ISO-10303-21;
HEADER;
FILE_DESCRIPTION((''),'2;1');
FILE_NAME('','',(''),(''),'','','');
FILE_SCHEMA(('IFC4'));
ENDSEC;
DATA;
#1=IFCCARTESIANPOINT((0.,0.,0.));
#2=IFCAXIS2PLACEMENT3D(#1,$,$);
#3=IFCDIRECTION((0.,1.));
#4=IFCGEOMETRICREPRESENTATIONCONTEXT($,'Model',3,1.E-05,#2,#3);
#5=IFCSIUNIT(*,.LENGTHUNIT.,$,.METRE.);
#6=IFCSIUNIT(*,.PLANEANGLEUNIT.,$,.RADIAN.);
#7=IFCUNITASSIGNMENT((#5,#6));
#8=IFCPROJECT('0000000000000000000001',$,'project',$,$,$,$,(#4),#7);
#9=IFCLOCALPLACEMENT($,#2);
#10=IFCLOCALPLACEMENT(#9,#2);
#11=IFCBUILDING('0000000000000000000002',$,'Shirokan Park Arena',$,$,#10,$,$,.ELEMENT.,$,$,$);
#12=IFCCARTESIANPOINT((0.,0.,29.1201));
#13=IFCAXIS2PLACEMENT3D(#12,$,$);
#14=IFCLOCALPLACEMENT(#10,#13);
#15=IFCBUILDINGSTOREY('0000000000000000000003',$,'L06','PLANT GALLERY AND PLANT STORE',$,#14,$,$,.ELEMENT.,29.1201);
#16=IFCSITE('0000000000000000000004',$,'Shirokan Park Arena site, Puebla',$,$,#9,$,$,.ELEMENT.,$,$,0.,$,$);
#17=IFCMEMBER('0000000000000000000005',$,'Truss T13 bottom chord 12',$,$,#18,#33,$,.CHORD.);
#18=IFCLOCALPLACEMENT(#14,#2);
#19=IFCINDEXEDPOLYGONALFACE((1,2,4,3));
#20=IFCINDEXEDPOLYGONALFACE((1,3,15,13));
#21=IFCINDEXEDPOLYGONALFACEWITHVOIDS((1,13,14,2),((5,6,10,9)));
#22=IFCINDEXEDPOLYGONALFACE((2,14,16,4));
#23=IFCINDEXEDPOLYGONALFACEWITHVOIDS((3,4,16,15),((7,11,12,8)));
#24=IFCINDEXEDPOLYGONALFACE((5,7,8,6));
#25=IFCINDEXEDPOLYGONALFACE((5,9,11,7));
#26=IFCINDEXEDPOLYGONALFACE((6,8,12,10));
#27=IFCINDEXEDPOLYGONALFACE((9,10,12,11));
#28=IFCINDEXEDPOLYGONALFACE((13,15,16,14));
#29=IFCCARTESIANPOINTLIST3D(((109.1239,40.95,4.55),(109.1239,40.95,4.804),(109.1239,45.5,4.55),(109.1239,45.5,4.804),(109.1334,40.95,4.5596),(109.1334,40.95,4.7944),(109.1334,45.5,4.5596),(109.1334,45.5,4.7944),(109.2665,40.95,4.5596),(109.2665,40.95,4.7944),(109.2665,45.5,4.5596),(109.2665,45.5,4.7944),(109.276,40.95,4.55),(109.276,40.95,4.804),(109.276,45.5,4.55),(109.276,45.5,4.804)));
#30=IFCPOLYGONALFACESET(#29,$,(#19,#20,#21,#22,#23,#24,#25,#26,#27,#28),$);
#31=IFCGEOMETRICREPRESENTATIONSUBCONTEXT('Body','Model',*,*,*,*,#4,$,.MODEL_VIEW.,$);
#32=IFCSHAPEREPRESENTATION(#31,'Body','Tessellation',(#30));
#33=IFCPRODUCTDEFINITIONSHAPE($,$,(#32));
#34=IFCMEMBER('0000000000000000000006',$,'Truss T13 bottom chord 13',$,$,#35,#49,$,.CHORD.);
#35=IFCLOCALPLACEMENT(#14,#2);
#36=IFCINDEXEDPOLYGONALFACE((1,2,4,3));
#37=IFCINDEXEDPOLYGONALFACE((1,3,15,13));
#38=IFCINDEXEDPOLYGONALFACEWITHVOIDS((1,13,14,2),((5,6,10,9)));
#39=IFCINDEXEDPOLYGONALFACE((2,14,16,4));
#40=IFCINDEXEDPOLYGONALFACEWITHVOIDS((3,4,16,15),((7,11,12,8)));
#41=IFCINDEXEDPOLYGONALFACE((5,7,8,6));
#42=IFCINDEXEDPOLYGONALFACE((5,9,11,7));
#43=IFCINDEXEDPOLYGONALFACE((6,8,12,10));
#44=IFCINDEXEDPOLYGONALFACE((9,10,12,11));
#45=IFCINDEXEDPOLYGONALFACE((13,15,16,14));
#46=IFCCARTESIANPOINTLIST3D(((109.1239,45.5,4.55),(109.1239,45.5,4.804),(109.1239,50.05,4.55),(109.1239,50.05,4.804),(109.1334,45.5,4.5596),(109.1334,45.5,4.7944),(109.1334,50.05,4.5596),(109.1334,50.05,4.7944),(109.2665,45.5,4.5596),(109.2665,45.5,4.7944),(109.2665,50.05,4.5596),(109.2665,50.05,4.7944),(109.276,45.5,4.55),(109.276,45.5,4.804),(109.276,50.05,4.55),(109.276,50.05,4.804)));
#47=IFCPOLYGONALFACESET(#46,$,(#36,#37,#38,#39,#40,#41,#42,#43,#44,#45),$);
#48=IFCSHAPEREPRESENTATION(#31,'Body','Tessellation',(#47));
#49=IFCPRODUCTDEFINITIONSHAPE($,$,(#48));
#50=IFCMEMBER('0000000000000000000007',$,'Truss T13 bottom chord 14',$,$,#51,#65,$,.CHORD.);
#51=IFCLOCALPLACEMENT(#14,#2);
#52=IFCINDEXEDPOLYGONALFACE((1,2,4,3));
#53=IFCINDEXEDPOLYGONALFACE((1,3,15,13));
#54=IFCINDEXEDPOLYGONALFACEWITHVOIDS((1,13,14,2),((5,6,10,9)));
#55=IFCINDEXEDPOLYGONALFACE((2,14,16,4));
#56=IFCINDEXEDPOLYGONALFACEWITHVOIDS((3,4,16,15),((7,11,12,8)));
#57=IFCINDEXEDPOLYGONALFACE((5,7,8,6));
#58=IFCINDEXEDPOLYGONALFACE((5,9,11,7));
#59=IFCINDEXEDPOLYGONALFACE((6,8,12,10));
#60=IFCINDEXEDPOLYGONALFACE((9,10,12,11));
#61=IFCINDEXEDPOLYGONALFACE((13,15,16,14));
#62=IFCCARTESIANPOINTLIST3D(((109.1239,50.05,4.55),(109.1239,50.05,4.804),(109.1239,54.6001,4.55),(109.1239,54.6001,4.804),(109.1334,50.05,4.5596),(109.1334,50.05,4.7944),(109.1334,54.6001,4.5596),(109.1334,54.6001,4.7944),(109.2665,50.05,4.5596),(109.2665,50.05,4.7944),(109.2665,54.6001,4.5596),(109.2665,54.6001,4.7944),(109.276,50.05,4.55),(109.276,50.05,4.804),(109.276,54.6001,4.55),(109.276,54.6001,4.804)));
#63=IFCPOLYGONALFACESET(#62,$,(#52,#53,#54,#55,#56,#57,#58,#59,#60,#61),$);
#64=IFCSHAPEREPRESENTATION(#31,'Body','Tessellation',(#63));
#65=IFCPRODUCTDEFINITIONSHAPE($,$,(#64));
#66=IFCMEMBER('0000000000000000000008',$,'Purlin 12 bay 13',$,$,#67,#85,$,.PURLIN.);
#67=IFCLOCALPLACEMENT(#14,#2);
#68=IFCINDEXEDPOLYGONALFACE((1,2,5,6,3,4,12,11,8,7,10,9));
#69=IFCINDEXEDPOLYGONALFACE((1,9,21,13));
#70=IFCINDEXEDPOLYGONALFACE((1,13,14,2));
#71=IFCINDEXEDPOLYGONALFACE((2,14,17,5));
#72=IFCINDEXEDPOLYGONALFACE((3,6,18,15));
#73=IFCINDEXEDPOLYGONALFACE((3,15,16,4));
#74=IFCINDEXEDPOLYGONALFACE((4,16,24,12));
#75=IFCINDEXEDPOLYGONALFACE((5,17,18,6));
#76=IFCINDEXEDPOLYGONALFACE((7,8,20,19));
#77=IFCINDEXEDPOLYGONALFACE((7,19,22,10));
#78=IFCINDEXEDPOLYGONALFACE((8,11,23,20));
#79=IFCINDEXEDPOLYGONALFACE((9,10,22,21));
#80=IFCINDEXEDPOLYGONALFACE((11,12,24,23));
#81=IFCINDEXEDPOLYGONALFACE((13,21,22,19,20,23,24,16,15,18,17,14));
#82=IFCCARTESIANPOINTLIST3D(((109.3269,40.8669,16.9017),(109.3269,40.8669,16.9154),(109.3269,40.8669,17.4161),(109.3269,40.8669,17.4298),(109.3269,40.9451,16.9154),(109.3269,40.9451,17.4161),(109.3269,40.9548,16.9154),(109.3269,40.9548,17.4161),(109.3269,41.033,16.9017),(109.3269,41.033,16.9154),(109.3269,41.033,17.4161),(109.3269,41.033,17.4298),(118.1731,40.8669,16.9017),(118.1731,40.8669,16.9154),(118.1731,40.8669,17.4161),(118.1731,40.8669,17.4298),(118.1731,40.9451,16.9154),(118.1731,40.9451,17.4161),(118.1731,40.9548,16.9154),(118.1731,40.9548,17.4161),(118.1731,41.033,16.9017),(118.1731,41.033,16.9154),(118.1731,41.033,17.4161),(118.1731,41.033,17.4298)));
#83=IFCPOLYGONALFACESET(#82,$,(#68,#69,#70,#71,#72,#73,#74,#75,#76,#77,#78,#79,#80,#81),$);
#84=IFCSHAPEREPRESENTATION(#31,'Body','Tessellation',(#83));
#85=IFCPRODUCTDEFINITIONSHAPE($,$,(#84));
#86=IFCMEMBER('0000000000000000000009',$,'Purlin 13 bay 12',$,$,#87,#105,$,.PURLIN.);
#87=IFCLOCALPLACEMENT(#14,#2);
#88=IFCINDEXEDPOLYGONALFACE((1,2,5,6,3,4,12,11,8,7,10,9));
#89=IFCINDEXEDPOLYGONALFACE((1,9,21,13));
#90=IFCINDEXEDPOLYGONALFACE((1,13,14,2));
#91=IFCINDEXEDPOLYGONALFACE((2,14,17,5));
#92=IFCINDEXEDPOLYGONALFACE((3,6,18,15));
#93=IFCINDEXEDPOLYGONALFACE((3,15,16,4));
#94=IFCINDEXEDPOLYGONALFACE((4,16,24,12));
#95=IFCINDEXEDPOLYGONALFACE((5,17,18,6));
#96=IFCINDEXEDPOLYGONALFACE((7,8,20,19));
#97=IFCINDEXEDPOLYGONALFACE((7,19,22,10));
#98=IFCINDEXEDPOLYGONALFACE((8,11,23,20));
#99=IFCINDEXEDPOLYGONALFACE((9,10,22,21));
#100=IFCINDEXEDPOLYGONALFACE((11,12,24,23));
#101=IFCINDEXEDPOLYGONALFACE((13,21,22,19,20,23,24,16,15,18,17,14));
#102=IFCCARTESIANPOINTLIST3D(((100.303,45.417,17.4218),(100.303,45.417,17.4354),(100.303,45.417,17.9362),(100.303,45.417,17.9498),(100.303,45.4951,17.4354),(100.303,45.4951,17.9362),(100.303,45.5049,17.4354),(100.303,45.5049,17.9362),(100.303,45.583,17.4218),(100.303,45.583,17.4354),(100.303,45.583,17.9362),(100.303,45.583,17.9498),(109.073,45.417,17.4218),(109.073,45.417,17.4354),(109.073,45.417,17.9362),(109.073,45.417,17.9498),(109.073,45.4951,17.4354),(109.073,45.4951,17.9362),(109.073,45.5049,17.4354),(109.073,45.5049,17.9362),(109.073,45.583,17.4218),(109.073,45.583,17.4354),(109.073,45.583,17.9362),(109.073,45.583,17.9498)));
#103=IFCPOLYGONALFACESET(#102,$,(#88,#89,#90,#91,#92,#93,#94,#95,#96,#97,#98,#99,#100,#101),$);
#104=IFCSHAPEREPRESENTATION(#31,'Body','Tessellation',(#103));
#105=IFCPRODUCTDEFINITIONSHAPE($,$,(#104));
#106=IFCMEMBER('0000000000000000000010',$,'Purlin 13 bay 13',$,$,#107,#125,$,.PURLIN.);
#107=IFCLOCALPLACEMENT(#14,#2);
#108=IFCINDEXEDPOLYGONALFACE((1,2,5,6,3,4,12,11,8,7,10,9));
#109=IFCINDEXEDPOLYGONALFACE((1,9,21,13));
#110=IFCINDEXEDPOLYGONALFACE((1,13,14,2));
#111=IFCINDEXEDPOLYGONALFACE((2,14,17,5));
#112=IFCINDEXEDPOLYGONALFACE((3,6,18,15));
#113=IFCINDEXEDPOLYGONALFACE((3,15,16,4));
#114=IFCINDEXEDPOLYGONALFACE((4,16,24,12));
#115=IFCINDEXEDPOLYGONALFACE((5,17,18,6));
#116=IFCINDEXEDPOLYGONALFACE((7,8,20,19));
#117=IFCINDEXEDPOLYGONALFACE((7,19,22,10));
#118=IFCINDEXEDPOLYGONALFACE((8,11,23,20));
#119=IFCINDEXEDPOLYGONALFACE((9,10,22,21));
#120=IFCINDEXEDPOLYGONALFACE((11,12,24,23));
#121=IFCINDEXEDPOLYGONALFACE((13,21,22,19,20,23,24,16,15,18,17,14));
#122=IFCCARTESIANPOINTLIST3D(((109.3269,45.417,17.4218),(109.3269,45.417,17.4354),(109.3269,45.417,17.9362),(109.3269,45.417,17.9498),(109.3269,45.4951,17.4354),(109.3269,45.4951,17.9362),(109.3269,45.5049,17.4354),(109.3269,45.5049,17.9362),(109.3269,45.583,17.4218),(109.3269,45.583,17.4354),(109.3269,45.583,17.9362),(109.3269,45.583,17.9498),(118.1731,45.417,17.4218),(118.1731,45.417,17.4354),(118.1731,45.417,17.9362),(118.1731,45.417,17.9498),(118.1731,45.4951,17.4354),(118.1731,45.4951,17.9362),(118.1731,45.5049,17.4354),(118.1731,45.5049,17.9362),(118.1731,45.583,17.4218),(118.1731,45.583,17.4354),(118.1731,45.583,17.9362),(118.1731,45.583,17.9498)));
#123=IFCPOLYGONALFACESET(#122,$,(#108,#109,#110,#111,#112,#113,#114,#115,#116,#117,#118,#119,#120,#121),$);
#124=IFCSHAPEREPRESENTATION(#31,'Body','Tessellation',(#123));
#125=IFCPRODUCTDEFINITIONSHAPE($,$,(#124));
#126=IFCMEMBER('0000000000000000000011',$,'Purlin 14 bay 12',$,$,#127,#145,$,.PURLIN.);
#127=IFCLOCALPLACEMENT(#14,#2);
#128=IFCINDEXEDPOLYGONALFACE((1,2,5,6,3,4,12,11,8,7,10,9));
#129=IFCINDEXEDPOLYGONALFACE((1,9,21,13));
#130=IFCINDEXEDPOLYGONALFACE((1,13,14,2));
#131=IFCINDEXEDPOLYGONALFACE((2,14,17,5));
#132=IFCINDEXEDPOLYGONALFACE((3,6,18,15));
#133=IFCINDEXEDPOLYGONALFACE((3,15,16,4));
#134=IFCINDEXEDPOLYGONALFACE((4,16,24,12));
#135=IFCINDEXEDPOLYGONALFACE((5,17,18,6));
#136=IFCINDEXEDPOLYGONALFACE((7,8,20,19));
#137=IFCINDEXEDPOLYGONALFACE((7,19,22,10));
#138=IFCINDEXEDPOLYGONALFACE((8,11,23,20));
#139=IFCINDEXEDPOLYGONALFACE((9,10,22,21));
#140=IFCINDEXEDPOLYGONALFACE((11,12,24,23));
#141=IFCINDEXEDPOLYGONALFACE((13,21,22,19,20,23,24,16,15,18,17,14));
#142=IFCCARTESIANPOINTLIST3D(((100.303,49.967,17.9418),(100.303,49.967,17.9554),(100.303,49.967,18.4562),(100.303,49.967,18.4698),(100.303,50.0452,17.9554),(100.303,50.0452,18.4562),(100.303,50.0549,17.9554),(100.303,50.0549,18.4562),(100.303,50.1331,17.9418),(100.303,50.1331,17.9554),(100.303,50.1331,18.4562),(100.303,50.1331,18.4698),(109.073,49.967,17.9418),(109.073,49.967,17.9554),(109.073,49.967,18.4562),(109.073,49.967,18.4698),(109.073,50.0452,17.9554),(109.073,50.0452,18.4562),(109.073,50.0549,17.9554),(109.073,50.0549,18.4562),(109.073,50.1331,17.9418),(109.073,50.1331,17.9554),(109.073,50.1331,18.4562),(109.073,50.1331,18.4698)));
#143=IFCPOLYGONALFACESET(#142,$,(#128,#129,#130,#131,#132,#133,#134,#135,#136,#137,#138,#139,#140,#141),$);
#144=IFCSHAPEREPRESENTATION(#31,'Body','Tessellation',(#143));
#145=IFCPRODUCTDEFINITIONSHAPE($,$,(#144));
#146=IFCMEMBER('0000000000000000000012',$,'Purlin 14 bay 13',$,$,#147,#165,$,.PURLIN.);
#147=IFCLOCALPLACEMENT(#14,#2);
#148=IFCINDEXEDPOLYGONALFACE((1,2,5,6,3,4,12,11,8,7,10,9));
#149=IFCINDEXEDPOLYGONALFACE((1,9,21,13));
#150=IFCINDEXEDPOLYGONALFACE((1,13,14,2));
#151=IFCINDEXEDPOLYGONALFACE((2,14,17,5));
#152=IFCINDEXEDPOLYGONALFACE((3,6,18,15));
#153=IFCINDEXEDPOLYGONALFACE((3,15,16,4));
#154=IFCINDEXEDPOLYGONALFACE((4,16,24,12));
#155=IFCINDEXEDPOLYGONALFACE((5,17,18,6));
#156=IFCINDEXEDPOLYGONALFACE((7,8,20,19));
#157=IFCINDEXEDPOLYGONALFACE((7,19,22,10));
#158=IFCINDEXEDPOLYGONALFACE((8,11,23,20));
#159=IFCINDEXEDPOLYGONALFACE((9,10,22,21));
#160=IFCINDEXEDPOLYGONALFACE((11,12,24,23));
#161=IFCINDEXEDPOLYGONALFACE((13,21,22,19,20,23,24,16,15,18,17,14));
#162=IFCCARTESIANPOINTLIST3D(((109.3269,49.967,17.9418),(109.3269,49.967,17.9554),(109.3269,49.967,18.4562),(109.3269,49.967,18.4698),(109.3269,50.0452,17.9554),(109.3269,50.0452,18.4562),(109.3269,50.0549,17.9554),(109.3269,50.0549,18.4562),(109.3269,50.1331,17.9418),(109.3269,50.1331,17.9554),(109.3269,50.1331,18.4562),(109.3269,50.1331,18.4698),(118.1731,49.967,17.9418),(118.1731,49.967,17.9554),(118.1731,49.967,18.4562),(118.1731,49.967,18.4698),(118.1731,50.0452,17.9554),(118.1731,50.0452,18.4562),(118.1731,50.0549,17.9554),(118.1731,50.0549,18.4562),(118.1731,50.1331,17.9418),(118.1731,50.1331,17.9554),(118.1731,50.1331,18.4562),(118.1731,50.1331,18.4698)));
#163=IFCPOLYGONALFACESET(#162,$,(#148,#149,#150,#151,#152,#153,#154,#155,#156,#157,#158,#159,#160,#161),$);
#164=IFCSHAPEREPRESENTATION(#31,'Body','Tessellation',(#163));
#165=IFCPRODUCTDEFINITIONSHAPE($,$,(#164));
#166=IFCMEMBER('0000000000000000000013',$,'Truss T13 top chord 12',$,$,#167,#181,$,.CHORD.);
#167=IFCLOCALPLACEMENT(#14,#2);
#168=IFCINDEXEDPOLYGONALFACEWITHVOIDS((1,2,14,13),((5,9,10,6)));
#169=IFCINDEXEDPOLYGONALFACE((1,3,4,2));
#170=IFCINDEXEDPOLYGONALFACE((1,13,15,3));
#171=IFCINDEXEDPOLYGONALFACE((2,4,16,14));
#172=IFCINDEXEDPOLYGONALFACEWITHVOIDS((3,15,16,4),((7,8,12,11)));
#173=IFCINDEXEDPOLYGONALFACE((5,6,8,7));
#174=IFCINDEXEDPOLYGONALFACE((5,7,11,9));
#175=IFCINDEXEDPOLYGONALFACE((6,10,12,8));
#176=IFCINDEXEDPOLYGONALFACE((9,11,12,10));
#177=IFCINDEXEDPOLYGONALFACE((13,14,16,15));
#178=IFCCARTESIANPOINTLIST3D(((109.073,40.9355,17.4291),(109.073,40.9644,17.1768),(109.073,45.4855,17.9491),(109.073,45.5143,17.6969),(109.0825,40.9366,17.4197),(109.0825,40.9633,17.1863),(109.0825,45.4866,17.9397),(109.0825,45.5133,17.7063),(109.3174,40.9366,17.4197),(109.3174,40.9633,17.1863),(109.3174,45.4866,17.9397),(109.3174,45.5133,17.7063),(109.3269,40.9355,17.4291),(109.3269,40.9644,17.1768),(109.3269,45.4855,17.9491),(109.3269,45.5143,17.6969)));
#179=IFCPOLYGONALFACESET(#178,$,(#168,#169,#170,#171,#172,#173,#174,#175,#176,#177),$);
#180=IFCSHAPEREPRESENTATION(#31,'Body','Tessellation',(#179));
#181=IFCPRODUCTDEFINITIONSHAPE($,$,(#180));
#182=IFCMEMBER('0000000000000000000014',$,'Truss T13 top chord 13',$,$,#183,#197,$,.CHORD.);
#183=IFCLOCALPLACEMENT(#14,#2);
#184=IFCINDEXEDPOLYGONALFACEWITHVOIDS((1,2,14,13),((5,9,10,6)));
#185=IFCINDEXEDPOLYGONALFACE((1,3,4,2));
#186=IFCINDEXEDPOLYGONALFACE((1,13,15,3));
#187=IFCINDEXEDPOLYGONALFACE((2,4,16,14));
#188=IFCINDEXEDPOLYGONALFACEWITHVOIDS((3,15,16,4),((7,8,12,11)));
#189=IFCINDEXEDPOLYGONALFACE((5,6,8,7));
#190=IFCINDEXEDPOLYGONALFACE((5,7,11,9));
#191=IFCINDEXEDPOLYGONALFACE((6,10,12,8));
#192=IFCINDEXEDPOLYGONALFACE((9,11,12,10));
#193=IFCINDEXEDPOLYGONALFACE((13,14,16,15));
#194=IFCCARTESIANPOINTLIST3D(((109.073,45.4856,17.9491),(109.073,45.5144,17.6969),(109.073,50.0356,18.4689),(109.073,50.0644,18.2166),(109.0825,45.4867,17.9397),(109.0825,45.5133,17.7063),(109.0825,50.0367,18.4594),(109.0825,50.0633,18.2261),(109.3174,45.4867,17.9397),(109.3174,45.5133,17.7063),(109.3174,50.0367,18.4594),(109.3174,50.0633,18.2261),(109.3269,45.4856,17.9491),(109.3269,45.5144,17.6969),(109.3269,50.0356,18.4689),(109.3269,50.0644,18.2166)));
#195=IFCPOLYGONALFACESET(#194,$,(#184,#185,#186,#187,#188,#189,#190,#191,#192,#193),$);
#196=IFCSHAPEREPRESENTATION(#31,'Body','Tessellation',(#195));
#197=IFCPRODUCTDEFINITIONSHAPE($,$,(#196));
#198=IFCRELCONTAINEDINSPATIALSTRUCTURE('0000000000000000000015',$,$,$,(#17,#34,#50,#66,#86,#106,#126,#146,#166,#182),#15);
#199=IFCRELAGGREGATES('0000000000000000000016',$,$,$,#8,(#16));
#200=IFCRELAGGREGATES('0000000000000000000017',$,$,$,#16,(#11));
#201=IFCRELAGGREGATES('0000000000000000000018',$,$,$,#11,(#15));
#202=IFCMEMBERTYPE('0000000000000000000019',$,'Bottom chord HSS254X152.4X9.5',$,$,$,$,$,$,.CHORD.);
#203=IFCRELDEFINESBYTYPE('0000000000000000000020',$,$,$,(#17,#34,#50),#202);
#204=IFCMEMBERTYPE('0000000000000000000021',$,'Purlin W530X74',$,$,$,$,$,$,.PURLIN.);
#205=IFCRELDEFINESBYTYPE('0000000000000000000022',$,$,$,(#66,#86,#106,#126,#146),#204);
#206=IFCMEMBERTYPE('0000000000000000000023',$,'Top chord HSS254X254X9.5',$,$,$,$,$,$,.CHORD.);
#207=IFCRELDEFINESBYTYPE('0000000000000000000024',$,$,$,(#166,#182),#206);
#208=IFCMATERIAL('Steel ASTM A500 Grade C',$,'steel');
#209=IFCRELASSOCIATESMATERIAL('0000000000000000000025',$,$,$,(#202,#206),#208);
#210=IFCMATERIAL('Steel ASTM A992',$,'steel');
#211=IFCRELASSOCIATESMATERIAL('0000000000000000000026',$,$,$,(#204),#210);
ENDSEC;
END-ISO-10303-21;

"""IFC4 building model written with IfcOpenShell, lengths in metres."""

from ifc_helpers import new_model, si_unit, direction, frame, origin, origin_2d, place, context, subcontext, project, spatial, hollow_rectangle, i_section, extrude, material, material_profile, profile_set, type_object, element, save


model = new_model("IFC4")

# Units and contexts
model_context = context("Model", 3, precision=1e-05, world=origin(), true_north=direction((0.0, 1.0)))
body_context = subcontext(model_context, "Body", "Model", "MODEL_VIEW")
ifc_project = project(units=[si_unit("LENGTHUNIT", "METRE"), si_unit("PLANEANGLEUNIT", "RADIAN")], contexts=[model_context])

# Site, building, storey
site_placement = place(None, origin())
site = spatial("IfcSite", under=ifc_project, at=site_placement, Name="Shirokan Park Arena site, Puebla", CompositionType="ELEMENT", RefElevation=0.0)
building_placement = place(site_placement, origin())
building = spatial("IfcBuilding", under=site, at=building_placement, Name="Shirokan Park Arena", CompositionType="ELEMENT")
storey_placement = place(building_placement, frame((0.0, 0.0, 29.1201)))
storey = spatial("IfcBuildingStorey", under=building, at=storey_placement, Name="L06", Description="PLANT GALLERY AND PLANT STORE", CompositionType="ELEMENT", Elevation=29.1201)

# Members
ifc_material_1 = material(Name="Steel ASTM A500 Grade C", Category="steel")
ifc_material_profile_1 = material_profile(ifc_material_1, hollow_rectangle(XDim=0.1521, YDim=0.2539, WallThickness=0.0095, at=origin_2d()), Name="HSS254X152.4X9.5")
ifc_profile_set_1 = profile_set([ifc_material_profile_1], Name="Steel ASTM A500 Grade C")
member_type_1 = type_object("IfcMemberType", Name="Bottom chord HSS254X152.4X9.5", PredefinedType="CHORD", material=ifc_profile_set_1)
for number, where, z_axis, x_axis, name in (
    (1, (109.2, 40.95, 4.677), (0.0, 1.0, 0.0), (-1.0, 0.0, 0.0), "Truss T13 bottom chord 12"),
    (2, (109.2, 45.5, 4.677), (0.0, 1.0, 0.0), (-1.0, 0.0, 0.0), "Truss T13 bottom chord 13"),
    (3, (109.2, 50.05, 4.677), (0.0, 1.0, 0.0), (-1.0, 0.0, 0.0), "Truss T13 bottom chord 14"),
):
    element("IfcMember", number, at=place(storey_placement, frame(where, z_axis=z_axis, x_axis=x_axis)), inside=storey, type_object=member_type_1, Name=name, PredefinedType="CHORD", context=body_context, shape_type="SweptSolid", body=[
        extrude(hollow_rectangle(XDim=0.1521, YDim=0.2539, WallThickness=0.0095, at=origin_2d()), origin(), (0.0, 0.0, 1.0), 4.55),
    ])
ifc_material_2 = material(Name="Steel ASTM A992", Category="steel")
ifc_material_profile_2 = material_profile(ifc_material_2, i_section(OverallWidth=0.166, OverallDepth=0.5281, WebThickness=0.0098, FlangeThickness=0.0137, at=origin_2d()), Name="W530X74")
ifc_profile_set_2 = profile_set([ifc_material_profile_2], Name="Steel ASTM A992")
member_type_2 = type_object("IfcMemberType", Name="Purlin W530X74", PredefinedType="PURLIN", material=ifc_profile_set_2)
member_1_placement = place(storey_placement, frame((109.3269, 40.95, 17.1658), z_axis=(1.0, 0.0, 0.0), x_axis=(0.0, 1.0, 0.0)))
element("IfcMember", 4, at=member_1_placement, inside=storey, type_object=member_type_2, Name="Purlin 12 bay 13", PredefinedType="PURLIN", context=body_context, shape_type="SweptSolid", body=[
    extrude(i_section(OverallWidth=0.166, OverallDepth=0.5281, WebThickness=0.0098, FlangeThickness=0.0137, at=origin_2d()), origin(), (0.0, 0.0, 1.0), 8.8462),
])
member_2_placement = place(storey_placement, frame((100.303, 45.5, 17.6858), z_axis=(1.0, 0.0, 0.0), x_axis=(0.0, 1.0, 0.0)))
element("IfcMember", 5, at=member_2_placement, inside=storey, type_object=member_type_2, Name="Purlin 13 bay 12", PredefinedType="PURLIN", context=body_context, shape_type="SweptSolid", body=[
    extrude(i_section(OverallWidth=0.166, OverallDepth=0.5281, WebThickness=0.0098, FlangeThickness=0.0137, at=origin_2d()), origin(), (0.0, 0.0, 1.0), 8.77),
])
member_3_placement = place(storey_placement, frame((109.3269, 45.5, 17.6858), z_axis=(1.0, 0.0, 0.0), x_axis=(0.0, 1.0, 0.0)))
element("IfcMember", 6, at=member_3_placement, inside=storey, type_object=member_type_2, Name="Purlin 13 bay 13", PredefinedType="PURLIN", context=body_context, shape_type="SweptSolid", body=[
    extrude(i_section(OverallWidth=0.166, OverallDepth=0.5281, WebThickness=0.0098, FlangeThickness=0.0137, at=origin_2d()), origin(), (0.0, 0.0, 1.0), 8.8462),
])
member_4_placement = place(storey_placement, frame((100.303, 50.05, 18.2058), z_axis=(1.0, 0.0, 0.0), x_axis=(0.0, 1.0, 0.0)))
element("IfcMember", 7, at=member_4_placement, inside=storey, type_object=member_type_2, Name="Purlin 14 bay 12", PredefinedType="PURLIN", context=body_context, shape_type="SweptSolid", body=[
    extrude(i_section(OverallWidth=0.166, OverallDepth=0.5281, WebThickness=0.0098, FlangeThickness=0.0137, at=origin_2d()), origin(), (0.0, 0.0, 1.0), 8.77),
])
member_5_placement = place(storey_placement, frame((109.3269, 50.05, 18.2058), z_axis=(1.0, 0.0, 0.0), x_axis=(0.0, 1.0, 0.0)))
element("IfcMember", 8, at=member_5_placement, inside=storey, type_object=member_type_2, Name="Purlin 14 bay 13", PredefinedType="PURLIN", context=body_context, shape_type="SweptSolid", body=[
    extrude(i_section(OverallWidth=0.166, OverallDepth=0.5281, WebThickness=0.0098, FlangeThickness=0.0137, at=origin_2d()), origin(), (0.0, 0.0, 1.0), 8.8462),
])
ifc_material_profile_3 = material_profile(ifc_material_1, hollow_rectangle(XDim=0.2539, YDim=0.2539, WallThickness=0.0095, at=origin_2d()), Name="HSS254X254X9.5")
ifc_profile_set_3 = profile_set([ifc_material_profile_3], Name="Steel ASTM A500 Grade C")
member_type_3 = type_object("IfcMemberType", Name="Top chord HSS254X254X9.5", PredefinedType="CHORD", material=ifc_profile_set_3)
for number, where, z_axis, x_axis, name in (
    (9, (109.2, 40.95, 17.303), (0.0, 0.993532, 0.11355), (-1.0, 0.0, 0.0), "Truss T13 top chord 12"),
    (10, (109.2, 45.5, 17.823), (0.0, 0.993538, 0.113497), (-1.0, 0.0, 0.0), "Truss T13 top chord 13"),
):
    element("IfcMember", number, at=place(storey_placement, frame(where, z_axis=z_axis, x_axis=x_axis)), inside=storey, type_object=member_type_3, Name=name, PredefinedType="CHORD", context=body_context, shape_type="SweptSolid", body=[
        extrude(hollow_rectangle(XDim=0.2539, YDim=0.2539, WallThickness=0.0095, at=origin_2d()), origin(), (0.0, 0.0, 1.0), 4.5796),
    ])

save(model, "model.ifc")
